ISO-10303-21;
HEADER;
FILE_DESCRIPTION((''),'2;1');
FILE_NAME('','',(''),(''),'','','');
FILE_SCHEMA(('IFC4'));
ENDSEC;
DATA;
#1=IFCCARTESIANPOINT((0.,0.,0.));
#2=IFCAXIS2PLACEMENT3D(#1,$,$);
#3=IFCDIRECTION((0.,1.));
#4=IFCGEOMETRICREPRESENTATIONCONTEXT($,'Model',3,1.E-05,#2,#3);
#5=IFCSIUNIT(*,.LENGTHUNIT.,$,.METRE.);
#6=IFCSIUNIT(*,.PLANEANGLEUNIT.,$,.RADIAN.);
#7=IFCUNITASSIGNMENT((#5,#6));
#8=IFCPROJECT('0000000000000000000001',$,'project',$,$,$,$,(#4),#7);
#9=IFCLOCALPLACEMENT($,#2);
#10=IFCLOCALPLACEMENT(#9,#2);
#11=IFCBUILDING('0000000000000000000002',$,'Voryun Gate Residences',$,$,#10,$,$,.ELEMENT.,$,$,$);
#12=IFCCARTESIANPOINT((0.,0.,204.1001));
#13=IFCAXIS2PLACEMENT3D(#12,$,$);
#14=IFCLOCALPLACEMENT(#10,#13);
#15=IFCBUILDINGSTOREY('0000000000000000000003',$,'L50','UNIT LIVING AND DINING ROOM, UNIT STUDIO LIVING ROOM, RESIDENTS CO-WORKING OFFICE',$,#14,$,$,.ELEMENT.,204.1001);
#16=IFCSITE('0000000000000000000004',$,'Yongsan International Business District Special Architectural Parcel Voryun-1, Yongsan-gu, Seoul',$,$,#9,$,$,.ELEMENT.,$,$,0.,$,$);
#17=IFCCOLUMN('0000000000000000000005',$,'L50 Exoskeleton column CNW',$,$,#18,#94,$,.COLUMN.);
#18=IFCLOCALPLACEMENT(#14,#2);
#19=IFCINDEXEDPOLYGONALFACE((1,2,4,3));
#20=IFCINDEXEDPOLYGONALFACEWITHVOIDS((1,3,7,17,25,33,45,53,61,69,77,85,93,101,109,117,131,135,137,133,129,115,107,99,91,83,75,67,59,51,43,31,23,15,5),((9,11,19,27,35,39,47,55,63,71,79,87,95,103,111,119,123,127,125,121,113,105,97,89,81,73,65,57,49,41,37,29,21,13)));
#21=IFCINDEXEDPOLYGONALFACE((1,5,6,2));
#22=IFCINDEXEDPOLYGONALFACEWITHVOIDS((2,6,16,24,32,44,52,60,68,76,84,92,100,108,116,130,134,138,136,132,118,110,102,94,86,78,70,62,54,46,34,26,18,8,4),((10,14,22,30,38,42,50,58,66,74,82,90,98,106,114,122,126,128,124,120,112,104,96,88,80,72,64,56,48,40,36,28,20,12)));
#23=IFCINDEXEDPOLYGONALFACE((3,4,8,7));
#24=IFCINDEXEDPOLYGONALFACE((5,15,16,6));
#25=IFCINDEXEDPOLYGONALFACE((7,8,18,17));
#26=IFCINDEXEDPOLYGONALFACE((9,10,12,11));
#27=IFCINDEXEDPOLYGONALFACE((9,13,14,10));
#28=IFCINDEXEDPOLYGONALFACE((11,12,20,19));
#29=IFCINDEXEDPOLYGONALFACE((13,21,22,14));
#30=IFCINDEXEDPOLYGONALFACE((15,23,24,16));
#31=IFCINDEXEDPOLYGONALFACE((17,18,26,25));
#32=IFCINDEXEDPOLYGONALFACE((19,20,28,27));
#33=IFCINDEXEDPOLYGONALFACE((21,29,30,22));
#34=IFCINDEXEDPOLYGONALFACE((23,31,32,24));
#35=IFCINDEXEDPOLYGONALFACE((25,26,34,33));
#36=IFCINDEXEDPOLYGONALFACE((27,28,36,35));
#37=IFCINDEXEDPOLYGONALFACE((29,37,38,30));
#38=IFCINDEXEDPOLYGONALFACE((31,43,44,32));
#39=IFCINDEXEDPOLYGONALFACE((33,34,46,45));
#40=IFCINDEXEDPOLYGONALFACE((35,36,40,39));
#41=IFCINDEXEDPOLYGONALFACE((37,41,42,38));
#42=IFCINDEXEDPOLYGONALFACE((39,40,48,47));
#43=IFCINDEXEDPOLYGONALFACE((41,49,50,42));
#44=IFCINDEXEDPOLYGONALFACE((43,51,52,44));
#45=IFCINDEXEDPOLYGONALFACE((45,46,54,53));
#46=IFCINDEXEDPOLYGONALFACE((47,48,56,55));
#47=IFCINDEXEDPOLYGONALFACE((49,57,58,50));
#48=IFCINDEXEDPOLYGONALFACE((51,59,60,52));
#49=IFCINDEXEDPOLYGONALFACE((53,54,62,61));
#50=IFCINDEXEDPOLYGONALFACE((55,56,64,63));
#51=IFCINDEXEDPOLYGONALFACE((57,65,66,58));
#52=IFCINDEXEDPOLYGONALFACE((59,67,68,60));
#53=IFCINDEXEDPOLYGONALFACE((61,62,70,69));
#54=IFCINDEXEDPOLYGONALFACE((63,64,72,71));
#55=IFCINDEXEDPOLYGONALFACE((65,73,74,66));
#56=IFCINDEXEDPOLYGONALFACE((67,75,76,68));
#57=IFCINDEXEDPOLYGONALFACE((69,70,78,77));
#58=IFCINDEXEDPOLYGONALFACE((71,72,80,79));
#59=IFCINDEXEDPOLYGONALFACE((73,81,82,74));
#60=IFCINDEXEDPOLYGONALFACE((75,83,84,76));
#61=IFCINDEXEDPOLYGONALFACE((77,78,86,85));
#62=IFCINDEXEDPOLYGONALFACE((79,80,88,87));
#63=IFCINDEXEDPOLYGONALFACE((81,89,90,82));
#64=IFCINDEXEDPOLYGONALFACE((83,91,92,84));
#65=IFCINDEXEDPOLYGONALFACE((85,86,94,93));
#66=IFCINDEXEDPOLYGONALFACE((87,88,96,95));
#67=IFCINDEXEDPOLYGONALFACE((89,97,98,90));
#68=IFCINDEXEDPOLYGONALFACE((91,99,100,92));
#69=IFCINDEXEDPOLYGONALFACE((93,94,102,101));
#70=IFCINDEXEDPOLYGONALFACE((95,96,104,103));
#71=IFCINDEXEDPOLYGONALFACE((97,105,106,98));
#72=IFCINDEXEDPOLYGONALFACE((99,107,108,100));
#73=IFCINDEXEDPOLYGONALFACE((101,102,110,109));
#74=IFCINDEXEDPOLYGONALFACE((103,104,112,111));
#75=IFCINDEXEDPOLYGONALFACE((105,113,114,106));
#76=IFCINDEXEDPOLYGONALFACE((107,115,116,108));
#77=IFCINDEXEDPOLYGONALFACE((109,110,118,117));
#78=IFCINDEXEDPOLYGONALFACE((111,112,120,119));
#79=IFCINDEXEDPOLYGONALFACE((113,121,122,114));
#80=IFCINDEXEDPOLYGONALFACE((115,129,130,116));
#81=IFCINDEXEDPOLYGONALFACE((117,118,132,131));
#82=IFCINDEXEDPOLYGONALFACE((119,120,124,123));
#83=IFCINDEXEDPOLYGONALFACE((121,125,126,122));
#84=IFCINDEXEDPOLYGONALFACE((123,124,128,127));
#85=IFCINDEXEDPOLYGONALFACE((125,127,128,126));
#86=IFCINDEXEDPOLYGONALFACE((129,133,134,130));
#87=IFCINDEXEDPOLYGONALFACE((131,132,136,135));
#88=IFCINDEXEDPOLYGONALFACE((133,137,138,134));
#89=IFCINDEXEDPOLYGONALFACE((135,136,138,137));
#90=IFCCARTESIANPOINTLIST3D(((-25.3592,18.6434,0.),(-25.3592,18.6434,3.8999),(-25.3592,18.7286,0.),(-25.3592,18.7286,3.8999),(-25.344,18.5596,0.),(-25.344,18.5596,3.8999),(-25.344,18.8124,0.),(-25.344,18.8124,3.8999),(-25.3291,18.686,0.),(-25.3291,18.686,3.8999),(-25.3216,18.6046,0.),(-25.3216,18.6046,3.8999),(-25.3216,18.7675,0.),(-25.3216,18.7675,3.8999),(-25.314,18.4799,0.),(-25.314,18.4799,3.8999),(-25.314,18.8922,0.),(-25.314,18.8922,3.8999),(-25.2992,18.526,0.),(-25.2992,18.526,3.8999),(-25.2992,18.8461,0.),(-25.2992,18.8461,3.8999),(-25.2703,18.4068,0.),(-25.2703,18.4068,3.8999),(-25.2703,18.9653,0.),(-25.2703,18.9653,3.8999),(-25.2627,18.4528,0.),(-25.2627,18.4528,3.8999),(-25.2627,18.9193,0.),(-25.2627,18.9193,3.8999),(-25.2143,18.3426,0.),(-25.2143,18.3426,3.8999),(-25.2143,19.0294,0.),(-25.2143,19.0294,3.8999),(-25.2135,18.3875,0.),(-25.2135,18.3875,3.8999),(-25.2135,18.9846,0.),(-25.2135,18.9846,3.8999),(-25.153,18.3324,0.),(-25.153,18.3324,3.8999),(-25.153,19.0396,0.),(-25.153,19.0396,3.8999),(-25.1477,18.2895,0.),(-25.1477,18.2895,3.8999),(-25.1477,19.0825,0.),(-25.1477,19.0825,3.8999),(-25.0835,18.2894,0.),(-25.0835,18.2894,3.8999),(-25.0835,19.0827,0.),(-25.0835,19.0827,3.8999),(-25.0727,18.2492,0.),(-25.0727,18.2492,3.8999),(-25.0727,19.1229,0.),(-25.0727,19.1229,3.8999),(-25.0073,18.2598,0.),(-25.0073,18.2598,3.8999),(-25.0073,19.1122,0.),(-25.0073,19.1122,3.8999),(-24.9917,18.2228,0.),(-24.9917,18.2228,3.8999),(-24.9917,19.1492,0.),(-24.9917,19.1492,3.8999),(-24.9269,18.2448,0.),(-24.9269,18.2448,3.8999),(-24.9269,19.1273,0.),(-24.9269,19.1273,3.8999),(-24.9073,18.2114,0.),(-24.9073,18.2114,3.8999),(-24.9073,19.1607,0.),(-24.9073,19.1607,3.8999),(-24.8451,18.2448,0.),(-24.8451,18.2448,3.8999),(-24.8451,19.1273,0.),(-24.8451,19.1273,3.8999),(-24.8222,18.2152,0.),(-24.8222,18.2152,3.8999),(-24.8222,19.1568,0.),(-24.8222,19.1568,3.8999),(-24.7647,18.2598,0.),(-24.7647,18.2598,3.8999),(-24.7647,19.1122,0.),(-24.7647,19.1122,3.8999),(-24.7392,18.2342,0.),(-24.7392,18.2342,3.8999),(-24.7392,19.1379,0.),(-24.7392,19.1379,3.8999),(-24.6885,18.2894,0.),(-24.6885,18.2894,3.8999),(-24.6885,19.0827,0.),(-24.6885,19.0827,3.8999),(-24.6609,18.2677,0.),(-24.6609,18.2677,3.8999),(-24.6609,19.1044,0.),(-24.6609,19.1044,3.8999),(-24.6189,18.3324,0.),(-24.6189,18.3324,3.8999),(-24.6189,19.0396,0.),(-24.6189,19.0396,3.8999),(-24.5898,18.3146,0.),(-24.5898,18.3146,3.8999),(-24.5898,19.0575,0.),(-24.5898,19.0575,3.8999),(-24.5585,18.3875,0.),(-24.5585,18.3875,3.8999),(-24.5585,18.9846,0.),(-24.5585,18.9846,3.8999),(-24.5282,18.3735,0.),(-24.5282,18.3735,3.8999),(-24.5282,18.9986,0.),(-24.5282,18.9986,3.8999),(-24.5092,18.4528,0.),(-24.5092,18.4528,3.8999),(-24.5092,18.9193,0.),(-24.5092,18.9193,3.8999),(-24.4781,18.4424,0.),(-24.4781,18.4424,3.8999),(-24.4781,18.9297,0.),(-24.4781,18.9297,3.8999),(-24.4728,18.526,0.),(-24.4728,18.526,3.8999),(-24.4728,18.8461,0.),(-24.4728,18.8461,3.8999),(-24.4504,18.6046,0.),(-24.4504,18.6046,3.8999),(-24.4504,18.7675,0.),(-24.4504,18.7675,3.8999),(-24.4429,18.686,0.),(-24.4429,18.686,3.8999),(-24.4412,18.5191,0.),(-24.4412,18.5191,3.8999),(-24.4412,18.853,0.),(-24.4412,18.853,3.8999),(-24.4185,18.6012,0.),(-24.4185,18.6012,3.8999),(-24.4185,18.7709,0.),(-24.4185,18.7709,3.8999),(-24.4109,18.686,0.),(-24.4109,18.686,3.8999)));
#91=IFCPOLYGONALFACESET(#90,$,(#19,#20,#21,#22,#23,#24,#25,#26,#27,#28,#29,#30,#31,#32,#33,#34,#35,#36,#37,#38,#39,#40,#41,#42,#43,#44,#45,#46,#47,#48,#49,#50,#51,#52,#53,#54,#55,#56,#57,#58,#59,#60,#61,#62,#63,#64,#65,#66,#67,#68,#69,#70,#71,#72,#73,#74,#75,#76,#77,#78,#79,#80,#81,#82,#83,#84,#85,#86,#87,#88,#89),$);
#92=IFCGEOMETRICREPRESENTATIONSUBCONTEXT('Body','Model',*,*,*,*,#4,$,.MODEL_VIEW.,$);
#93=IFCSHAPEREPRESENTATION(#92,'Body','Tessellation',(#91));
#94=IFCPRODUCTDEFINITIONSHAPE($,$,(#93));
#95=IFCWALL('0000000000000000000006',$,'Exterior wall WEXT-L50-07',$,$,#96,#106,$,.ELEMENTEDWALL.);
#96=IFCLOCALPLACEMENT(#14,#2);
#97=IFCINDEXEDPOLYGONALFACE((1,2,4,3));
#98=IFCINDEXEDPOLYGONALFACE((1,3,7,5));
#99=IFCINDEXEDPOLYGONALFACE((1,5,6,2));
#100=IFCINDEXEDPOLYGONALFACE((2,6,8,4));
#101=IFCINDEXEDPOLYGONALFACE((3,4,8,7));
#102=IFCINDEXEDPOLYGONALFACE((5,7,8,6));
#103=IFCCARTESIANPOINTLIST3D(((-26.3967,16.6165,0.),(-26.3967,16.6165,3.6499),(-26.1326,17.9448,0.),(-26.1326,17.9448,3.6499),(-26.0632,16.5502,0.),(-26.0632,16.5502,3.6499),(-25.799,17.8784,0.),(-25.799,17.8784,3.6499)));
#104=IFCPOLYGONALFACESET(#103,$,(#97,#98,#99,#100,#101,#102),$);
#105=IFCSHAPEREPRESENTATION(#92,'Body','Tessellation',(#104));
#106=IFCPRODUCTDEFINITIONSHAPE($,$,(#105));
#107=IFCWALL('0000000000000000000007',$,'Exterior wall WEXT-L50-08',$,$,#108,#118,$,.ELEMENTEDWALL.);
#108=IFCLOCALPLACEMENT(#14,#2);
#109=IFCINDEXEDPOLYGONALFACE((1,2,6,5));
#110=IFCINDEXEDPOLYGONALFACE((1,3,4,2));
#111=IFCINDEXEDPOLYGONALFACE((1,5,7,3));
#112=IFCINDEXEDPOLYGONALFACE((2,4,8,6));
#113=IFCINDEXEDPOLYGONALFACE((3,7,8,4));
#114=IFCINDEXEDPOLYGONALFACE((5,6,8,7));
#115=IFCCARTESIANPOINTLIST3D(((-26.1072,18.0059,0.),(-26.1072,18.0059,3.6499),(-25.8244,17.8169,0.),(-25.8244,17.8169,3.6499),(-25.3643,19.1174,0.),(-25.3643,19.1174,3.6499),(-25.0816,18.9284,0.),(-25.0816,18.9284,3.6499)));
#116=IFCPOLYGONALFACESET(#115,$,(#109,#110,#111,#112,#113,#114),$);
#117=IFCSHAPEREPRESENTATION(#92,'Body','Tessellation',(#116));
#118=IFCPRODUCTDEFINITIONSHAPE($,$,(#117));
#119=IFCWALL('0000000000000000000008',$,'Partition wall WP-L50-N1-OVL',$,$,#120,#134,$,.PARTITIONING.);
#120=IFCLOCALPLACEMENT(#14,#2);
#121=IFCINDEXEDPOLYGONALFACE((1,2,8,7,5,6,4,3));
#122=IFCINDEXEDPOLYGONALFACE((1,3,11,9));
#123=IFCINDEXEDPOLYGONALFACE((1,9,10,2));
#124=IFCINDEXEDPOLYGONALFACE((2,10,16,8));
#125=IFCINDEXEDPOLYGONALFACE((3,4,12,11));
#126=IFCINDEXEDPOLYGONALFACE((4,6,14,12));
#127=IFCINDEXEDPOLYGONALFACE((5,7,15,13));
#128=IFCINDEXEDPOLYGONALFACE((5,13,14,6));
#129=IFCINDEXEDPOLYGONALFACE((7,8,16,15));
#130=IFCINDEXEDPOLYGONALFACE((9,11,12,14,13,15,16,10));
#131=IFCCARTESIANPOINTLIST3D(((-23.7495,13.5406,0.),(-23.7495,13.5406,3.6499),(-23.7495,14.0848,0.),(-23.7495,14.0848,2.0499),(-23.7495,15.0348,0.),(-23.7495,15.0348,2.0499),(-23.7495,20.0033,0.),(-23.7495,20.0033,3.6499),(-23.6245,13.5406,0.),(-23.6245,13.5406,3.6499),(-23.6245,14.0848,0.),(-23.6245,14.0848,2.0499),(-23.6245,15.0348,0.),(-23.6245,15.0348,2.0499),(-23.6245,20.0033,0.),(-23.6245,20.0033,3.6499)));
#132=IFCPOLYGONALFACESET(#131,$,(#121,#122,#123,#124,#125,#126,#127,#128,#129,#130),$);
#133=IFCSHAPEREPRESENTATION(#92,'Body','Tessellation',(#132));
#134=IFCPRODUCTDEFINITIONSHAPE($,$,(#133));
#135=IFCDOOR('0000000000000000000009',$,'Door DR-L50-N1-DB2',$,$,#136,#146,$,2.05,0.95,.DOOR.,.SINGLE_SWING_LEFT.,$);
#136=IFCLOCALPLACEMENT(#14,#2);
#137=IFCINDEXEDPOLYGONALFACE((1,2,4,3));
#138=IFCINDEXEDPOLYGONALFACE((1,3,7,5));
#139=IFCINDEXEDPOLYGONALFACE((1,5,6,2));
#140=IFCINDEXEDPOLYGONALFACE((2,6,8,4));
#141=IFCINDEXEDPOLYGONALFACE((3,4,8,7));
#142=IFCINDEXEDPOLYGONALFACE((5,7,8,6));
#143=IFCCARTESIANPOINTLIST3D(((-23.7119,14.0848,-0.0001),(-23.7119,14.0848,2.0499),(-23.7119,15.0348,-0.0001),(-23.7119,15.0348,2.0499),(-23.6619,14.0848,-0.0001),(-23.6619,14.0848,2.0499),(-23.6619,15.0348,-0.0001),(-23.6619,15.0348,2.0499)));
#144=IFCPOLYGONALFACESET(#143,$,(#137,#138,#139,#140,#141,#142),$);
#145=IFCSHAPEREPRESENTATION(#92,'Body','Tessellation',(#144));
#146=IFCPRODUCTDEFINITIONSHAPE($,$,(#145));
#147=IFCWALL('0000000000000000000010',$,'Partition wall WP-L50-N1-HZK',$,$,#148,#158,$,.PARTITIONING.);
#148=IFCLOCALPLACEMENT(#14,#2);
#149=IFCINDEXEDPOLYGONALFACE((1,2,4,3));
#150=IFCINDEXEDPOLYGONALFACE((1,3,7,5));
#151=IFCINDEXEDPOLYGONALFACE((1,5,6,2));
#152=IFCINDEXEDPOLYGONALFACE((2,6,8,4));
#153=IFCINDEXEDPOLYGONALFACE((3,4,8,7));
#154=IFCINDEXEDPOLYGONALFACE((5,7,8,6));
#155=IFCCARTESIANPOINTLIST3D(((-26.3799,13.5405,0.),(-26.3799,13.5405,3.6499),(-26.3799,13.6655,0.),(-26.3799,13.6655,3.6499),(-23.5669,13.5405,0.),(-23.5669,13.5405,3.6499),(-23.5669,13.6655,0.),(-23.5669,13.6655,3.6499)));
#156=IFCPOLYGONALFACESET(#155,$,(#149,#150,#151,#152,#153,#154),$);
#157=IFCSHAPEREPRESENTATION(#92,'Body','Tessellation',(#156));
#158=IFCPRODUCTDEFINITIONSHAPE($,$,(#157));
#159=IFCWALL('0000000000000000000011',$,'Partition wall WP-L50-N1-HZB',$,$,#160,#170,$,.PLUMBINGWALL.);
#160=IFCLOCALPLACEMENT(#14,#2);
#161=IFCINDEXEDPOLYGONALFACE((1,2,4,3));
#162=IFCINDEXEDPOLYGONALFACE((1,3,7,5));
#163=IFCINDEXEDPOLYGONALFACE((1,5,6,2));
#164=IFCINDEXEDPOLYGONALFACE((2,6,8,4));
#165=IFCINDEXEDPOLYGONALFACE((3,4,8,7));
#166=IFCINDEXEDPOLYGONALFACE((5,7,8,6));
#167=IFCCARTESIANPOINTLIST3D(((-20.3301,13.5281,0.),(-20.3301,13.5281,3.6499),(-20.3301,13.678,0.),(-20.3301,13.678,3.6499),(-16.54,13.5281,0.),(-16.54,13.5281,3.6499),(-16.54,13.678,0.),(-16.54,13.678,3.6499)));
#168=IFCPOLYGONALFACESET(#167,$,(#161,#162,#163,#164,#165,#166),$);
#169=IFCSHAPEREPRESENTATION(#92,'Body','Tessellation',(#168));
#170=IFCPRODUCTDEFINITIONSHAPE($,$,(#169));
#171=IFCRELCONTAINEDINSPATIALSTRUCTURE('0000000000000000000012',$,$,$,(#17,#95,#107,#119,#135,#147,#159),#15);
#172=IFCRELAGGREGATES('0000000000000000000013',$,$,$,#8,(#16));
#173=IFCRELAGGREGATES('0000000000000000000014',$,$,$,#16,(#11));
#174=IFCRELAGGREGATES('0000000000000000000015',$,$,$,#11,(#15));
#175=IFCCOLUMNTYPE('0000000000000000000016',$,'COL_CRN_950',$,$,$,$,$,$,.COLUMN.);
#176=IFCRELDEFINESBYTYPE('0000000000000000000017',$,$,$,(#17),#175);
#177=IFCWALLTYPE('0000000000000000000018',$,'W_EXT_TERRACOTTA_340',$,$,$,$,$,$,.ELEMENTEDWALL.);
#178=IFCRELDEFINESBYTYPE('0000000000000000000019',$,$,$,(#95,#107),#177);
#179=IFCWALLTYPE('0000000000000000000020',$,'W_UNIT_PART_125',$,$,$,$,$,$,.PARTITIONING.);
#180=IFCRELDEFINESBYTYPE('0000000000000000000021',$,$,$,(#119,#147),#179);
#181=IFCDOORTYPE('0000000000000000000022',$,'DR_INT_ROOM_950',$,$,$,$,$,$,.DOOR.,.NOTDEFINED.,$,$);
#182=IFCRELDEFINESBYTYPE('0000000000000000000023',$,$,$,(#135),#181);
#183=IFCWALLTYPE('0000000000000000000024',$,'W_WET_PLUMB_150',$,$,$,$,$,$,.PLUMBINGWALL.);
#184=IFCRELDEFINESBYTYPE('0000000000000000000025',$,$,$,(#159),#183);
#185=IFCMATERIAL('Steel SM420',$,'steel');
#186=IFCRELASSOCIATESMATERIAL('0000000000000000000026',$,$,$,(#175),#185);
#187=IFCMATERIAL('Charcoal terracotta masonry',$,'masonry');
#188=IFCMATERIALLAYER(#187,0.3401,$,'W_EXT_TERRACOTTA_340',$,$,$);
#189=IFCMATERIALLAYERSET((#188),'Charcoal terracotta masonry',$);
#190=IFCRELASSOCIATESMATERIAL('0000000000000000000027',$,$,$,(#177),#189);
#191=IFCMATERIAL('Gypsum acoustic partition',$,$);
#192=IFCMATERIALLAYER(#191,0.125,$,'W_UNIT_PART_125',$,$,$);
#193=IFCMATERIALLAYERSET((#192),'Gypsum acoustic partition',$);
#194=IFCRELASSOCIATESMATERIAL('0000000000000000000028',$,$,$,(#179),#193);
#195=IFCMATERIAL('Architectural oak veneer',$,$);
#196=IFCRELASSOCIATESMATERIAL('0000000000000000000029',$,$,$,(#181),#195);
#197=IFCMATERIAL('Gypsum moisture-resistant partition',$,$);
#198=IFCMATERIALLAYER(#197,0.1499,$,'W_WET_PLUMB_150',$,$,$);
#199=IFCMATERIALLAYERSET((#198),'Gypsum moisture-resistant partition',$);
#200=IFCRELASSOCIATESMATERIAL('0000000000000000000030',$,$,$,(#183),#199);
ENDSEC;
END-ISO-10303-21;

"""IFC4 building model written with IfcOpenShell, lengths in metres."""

from ifc_helpers import new_model, si_unit, direction, frame, frame_2d, origin, origin_2d, place, context, subcontext, project, spatial, rectangle, hollow_circle, extrude, material, layer, layer_set, material_profile, profile_set, type_object, element, fill, save


model = new_model("IFC4")

# Units and contexts
model_context = context("Model", 3, precision=1e-05, world=origin(), true_north=direction((0.0, 1.0)))
body_context = subcontext(model_context, "Body", "Model", "MODEL_VIEW")
ifc_project = project(units=[si_unit("LENGTHUNIT", "METRE"), si_unit("PLANEANGLEUNIT", "RADIAN")], contexts=[model_context])

# Site, building, storey
site_placement = place(None, origin())
site = spatial("IfcSite", under=ifc_project, at=site_placement, Name="Yongsan International Business District Special Architectural Parcel Voryun-1, Yongsan-gu, Seoul", CompositionType="ELEMENT", RefElevation=0.0)
building_placement = place(site_placement, origin())
building = spatial("IfcBuilding", under=site, at=building_placement, Name="Voryun Gate Residences", CompositionType="ELEMENT")
storey_placement = place(building_placement, frame((0.0, 0.0, 204.1001)))
storey = spatial("IfcBuildingStorey", under=building, at=storey_placement, Name="L50", Description="UNIT LIVING AND DINING ROOM, UNIT STUDIO LIVING ROOM, RESIDENTS CO-WORKING OFFICE", CompositionType="ELEMENT", Elevation=204.1001)

# Column
ifc_material_1 = material(Name="Steel SM420", Category="steel")
ifc_material_profile = material_profile(ifc_material_1, hollow_circle(Radius=0.4751, WallThickness=0.032, at=origin_2d()), Name="CHS-950x32")
ifc_profile_set = profile_set([ifc_material_profile], Name="Steel SM420")
column_type = type_object("IfcColumnType", Name="COL_CRN_950", PredefinedType="COLUMN", material=ifc_profile_set)
column_placement = place(storey_placement, frame((-24.886, 18.686, 0.0), z_axis=(0.0, 0.0, 1.0), x_axis=(1.0, 0.0, 0.0)))
element("IfcColumn", 1, at=column_placement, inside=storey, type_object=column_type, Name="L50 Exoskeleton column CNW", PredefinedType="COLUMN", context=body_context, shape_type="SweptSolid", body=[
    extrude(hollow_circle(Radius=0.4751, WallThickness=0.032, at=origin_2d()), origin(), (0.0, 0.0, 1.0), 3.8999),
])

# Walls
ifc_material_2 = material(Name="Charcoal terracotta masonry", Category="masonry")
ifc_layer_1 = layer(ifc_material_2, 0.3401, Name="W_EXT_TERRACOTTA_340")
ifc_layer_set_1 = layer_set([ifc_layer_1], Name="Charcoal terracotta masonry")
wall_type_1 = type_object("IfcWallType", Name="W_EXT_TERRACOTTA_340", PredefinedType="ELEMENTEDWALL", material=ifc_layer_set_1)
wall_1_placement = place(storey_placement, frame((-26.23, 16.5833, 0.0), z_axis=(0.0, 0.0, 1.0), x_axis=(0.195076, 0.980788, 0.0)))
element("IfcWall", 2, at=wall_1_placement, inside=storey, type_object=wall_type_1, Name="Exterior wall WEXT-L50-07", PredefinedType="ELEMENTEDWALL", context=body_context, shape_type="SweptSolid", body=[
    extrude(rectangle(XDim=1.3542, YDim=0.3401, at=frame_2d((0.6772, 0.0))), origin(), (0.0, 0.0, 1.0), 3.6499),
])
wall_2_placement = place(storey_placement, frame((-25.9658, 17.9114, 0.0), z_axis=(0.0, 0.0, 1.0), x_axis=(0.555669, 0.831404, 0.0)))
element("IfcWall", 3, at=wall_2_placement, inside=storey, type_object=wall_type_1, Name="Exterior wall WEXT-L50-08", PredefinedType="ELEMENTEDWALL", context=body_context, shape_type="SweptSolid", body=[
    extrude(rectangle(XDim=1.3369, YDim=0.3401, at=frame_2d((0.6685, 0.0))), origin(), (0.0, 0.0, 1.0), 3.6499),
])

# Wall, opening, door
ifc_material_3 = material(Name="Gypsum acoustic partition")
ifc_layer_2 = layer(ifc_material_3, 0.125, Name="W_UNIT_PART_125")
ifc_layer_set_2 = layer_set([ifc_layer_2], Name="Gypsum acoustic partition")
wall_type_2 = type_object("IfcWallType", Name="W_UNIT_PART_125", PredefinedType="PARTITIONING", material=ifc_layer_set_2)
wall_3_placement = place(storey_placement, frame((-23.687, 13.5405, 0.0), z_axis=(0.0, 0.0, 1.0), x_axis=(0.0, 1.0, 0.0)))
wall_3 = element("IfcWall", 4, at=wall_3_placement, inside=storey, type_object=wall_type_2, Name="Partition wall WP-L50-N1-OVL", PredefinedType="PARTITIONING", context=body_context, shape_type="SweptSolid", body=[
    extrude(rectangle(XDim=6.4626, YDim=0.125, at=frame_2d((3.2314, 0.0))), origin(), (0.0, 0.0, 1.0), 3.6499),
])
opening_placement = place(wall_3_placement, frame((0.5442, 0.0, 0.0)))
opening = element("IfcOpeningElement", 5, at=opening_placement, cuts=wall_3, PredefinedType="OPENING", context=body_context, shape_type="SweptSolid", body=[
    extrude(rectangle(XDim=0.95, YDim=2.05, at=frame_2d((0.4751, 1.0249))), frame((0.0, 0.0725, 0.0), z_axis=(0.0, -1.0, 0.0), x_axis=(1.0, 0.0, 0.0)), (0.0, 0.0, 1.0), 0.145),
])
ifc_material_4 = material(Name="Architectural oak veneer")
door_type = type_object("IfcDoorType", Name="DR_INT_ROOM_950", OperationType="NOTDEFINED", PredefinedType="DOOR", material=ifc_material_4)
door_placement = place(opening_placement, origin())
door = element("IfcDoor", 6, at=door_placement, inside=storey, type_object=door_type, Name="Door DR-L50-N1-DB2", OperationType="SINGLE_SWING_LEFT", OverallHeight=2.05, OverallWidth=0.95, PredefinedType="DOOR", context=body_context, shape_type="SweptSolid", body=[
    extrude(rectangle(XDim=0.95, YDim=2.05, at=frame_2d((0.4751, 1.0249))), frame((0.0, 0.0249, 0.0), z_axis=(0.0, -1.0, 0.0), x_axis=(1.0, 0.0, 0.0)), (0.0, 0.0, 1.0), 0.05),
])
fill(opening, door)

# Walls
wall_4_placement = place(storey_placement, frame((-26.3799, 13.603, 0.0), z_axis=(0.0, 0.0, 1.0), x_axis=(1.0, 0.0, 0.0)))
element("IfcWall", 7, at=wall_4_placement, inside=storey, type_object=wall_type_2, Name="Partition wall WP-L50-N1-HZK", PredefinedType="PARTITIONING", context=body_context, shape_type="SweptSolid", body=[
    extrude(rectangle(XDim=2.813, YDim=0.125, at=frame_2d((1.4065, 0.0))), origin(), (0.0, 0.0, 1.0), 3.6499),
])
ifc_material_5 = material(Name="Gypsum moisture-resistant partition")
ifc_layer_3 = layer(ifc_material_5, 0.1499, Name="W_WET_PLUMB_150")
ifc_layer_set_3 = layer_set([ifc_layer_3], Name="Gypsum moisture-resistant partition")
wall_type_3 = type_object("IfcWallType", Name="W_WET_PLUMB_150", PredefinedType="PLUMBINGWALL", material=ifc_layer_set_3)
wall_5_placement = place(storey_placement, frame((-20.3301, 13.603, 0.0), z_axis=(0.0, 0.0, 1.0), x_axis=(1.0, 0.0, 0.0)))
element("IfcWall", 8, at=wall_5_placement, inside=storey, type_object=wall_type_3, Name="Partition wall WP-L50-N1-HZB", PredefinedType="PLUMBINGWALL", context=body_context, shape_type="SweptSolid", body=[
    extrude(rectangle(XDim=3.79, YDim=0.1499, at=frame_2d((1.895, 0.0))), origin(), (0.0, 0.0, 1.0), 3.6499),
])

save(model, "model.ifc")
